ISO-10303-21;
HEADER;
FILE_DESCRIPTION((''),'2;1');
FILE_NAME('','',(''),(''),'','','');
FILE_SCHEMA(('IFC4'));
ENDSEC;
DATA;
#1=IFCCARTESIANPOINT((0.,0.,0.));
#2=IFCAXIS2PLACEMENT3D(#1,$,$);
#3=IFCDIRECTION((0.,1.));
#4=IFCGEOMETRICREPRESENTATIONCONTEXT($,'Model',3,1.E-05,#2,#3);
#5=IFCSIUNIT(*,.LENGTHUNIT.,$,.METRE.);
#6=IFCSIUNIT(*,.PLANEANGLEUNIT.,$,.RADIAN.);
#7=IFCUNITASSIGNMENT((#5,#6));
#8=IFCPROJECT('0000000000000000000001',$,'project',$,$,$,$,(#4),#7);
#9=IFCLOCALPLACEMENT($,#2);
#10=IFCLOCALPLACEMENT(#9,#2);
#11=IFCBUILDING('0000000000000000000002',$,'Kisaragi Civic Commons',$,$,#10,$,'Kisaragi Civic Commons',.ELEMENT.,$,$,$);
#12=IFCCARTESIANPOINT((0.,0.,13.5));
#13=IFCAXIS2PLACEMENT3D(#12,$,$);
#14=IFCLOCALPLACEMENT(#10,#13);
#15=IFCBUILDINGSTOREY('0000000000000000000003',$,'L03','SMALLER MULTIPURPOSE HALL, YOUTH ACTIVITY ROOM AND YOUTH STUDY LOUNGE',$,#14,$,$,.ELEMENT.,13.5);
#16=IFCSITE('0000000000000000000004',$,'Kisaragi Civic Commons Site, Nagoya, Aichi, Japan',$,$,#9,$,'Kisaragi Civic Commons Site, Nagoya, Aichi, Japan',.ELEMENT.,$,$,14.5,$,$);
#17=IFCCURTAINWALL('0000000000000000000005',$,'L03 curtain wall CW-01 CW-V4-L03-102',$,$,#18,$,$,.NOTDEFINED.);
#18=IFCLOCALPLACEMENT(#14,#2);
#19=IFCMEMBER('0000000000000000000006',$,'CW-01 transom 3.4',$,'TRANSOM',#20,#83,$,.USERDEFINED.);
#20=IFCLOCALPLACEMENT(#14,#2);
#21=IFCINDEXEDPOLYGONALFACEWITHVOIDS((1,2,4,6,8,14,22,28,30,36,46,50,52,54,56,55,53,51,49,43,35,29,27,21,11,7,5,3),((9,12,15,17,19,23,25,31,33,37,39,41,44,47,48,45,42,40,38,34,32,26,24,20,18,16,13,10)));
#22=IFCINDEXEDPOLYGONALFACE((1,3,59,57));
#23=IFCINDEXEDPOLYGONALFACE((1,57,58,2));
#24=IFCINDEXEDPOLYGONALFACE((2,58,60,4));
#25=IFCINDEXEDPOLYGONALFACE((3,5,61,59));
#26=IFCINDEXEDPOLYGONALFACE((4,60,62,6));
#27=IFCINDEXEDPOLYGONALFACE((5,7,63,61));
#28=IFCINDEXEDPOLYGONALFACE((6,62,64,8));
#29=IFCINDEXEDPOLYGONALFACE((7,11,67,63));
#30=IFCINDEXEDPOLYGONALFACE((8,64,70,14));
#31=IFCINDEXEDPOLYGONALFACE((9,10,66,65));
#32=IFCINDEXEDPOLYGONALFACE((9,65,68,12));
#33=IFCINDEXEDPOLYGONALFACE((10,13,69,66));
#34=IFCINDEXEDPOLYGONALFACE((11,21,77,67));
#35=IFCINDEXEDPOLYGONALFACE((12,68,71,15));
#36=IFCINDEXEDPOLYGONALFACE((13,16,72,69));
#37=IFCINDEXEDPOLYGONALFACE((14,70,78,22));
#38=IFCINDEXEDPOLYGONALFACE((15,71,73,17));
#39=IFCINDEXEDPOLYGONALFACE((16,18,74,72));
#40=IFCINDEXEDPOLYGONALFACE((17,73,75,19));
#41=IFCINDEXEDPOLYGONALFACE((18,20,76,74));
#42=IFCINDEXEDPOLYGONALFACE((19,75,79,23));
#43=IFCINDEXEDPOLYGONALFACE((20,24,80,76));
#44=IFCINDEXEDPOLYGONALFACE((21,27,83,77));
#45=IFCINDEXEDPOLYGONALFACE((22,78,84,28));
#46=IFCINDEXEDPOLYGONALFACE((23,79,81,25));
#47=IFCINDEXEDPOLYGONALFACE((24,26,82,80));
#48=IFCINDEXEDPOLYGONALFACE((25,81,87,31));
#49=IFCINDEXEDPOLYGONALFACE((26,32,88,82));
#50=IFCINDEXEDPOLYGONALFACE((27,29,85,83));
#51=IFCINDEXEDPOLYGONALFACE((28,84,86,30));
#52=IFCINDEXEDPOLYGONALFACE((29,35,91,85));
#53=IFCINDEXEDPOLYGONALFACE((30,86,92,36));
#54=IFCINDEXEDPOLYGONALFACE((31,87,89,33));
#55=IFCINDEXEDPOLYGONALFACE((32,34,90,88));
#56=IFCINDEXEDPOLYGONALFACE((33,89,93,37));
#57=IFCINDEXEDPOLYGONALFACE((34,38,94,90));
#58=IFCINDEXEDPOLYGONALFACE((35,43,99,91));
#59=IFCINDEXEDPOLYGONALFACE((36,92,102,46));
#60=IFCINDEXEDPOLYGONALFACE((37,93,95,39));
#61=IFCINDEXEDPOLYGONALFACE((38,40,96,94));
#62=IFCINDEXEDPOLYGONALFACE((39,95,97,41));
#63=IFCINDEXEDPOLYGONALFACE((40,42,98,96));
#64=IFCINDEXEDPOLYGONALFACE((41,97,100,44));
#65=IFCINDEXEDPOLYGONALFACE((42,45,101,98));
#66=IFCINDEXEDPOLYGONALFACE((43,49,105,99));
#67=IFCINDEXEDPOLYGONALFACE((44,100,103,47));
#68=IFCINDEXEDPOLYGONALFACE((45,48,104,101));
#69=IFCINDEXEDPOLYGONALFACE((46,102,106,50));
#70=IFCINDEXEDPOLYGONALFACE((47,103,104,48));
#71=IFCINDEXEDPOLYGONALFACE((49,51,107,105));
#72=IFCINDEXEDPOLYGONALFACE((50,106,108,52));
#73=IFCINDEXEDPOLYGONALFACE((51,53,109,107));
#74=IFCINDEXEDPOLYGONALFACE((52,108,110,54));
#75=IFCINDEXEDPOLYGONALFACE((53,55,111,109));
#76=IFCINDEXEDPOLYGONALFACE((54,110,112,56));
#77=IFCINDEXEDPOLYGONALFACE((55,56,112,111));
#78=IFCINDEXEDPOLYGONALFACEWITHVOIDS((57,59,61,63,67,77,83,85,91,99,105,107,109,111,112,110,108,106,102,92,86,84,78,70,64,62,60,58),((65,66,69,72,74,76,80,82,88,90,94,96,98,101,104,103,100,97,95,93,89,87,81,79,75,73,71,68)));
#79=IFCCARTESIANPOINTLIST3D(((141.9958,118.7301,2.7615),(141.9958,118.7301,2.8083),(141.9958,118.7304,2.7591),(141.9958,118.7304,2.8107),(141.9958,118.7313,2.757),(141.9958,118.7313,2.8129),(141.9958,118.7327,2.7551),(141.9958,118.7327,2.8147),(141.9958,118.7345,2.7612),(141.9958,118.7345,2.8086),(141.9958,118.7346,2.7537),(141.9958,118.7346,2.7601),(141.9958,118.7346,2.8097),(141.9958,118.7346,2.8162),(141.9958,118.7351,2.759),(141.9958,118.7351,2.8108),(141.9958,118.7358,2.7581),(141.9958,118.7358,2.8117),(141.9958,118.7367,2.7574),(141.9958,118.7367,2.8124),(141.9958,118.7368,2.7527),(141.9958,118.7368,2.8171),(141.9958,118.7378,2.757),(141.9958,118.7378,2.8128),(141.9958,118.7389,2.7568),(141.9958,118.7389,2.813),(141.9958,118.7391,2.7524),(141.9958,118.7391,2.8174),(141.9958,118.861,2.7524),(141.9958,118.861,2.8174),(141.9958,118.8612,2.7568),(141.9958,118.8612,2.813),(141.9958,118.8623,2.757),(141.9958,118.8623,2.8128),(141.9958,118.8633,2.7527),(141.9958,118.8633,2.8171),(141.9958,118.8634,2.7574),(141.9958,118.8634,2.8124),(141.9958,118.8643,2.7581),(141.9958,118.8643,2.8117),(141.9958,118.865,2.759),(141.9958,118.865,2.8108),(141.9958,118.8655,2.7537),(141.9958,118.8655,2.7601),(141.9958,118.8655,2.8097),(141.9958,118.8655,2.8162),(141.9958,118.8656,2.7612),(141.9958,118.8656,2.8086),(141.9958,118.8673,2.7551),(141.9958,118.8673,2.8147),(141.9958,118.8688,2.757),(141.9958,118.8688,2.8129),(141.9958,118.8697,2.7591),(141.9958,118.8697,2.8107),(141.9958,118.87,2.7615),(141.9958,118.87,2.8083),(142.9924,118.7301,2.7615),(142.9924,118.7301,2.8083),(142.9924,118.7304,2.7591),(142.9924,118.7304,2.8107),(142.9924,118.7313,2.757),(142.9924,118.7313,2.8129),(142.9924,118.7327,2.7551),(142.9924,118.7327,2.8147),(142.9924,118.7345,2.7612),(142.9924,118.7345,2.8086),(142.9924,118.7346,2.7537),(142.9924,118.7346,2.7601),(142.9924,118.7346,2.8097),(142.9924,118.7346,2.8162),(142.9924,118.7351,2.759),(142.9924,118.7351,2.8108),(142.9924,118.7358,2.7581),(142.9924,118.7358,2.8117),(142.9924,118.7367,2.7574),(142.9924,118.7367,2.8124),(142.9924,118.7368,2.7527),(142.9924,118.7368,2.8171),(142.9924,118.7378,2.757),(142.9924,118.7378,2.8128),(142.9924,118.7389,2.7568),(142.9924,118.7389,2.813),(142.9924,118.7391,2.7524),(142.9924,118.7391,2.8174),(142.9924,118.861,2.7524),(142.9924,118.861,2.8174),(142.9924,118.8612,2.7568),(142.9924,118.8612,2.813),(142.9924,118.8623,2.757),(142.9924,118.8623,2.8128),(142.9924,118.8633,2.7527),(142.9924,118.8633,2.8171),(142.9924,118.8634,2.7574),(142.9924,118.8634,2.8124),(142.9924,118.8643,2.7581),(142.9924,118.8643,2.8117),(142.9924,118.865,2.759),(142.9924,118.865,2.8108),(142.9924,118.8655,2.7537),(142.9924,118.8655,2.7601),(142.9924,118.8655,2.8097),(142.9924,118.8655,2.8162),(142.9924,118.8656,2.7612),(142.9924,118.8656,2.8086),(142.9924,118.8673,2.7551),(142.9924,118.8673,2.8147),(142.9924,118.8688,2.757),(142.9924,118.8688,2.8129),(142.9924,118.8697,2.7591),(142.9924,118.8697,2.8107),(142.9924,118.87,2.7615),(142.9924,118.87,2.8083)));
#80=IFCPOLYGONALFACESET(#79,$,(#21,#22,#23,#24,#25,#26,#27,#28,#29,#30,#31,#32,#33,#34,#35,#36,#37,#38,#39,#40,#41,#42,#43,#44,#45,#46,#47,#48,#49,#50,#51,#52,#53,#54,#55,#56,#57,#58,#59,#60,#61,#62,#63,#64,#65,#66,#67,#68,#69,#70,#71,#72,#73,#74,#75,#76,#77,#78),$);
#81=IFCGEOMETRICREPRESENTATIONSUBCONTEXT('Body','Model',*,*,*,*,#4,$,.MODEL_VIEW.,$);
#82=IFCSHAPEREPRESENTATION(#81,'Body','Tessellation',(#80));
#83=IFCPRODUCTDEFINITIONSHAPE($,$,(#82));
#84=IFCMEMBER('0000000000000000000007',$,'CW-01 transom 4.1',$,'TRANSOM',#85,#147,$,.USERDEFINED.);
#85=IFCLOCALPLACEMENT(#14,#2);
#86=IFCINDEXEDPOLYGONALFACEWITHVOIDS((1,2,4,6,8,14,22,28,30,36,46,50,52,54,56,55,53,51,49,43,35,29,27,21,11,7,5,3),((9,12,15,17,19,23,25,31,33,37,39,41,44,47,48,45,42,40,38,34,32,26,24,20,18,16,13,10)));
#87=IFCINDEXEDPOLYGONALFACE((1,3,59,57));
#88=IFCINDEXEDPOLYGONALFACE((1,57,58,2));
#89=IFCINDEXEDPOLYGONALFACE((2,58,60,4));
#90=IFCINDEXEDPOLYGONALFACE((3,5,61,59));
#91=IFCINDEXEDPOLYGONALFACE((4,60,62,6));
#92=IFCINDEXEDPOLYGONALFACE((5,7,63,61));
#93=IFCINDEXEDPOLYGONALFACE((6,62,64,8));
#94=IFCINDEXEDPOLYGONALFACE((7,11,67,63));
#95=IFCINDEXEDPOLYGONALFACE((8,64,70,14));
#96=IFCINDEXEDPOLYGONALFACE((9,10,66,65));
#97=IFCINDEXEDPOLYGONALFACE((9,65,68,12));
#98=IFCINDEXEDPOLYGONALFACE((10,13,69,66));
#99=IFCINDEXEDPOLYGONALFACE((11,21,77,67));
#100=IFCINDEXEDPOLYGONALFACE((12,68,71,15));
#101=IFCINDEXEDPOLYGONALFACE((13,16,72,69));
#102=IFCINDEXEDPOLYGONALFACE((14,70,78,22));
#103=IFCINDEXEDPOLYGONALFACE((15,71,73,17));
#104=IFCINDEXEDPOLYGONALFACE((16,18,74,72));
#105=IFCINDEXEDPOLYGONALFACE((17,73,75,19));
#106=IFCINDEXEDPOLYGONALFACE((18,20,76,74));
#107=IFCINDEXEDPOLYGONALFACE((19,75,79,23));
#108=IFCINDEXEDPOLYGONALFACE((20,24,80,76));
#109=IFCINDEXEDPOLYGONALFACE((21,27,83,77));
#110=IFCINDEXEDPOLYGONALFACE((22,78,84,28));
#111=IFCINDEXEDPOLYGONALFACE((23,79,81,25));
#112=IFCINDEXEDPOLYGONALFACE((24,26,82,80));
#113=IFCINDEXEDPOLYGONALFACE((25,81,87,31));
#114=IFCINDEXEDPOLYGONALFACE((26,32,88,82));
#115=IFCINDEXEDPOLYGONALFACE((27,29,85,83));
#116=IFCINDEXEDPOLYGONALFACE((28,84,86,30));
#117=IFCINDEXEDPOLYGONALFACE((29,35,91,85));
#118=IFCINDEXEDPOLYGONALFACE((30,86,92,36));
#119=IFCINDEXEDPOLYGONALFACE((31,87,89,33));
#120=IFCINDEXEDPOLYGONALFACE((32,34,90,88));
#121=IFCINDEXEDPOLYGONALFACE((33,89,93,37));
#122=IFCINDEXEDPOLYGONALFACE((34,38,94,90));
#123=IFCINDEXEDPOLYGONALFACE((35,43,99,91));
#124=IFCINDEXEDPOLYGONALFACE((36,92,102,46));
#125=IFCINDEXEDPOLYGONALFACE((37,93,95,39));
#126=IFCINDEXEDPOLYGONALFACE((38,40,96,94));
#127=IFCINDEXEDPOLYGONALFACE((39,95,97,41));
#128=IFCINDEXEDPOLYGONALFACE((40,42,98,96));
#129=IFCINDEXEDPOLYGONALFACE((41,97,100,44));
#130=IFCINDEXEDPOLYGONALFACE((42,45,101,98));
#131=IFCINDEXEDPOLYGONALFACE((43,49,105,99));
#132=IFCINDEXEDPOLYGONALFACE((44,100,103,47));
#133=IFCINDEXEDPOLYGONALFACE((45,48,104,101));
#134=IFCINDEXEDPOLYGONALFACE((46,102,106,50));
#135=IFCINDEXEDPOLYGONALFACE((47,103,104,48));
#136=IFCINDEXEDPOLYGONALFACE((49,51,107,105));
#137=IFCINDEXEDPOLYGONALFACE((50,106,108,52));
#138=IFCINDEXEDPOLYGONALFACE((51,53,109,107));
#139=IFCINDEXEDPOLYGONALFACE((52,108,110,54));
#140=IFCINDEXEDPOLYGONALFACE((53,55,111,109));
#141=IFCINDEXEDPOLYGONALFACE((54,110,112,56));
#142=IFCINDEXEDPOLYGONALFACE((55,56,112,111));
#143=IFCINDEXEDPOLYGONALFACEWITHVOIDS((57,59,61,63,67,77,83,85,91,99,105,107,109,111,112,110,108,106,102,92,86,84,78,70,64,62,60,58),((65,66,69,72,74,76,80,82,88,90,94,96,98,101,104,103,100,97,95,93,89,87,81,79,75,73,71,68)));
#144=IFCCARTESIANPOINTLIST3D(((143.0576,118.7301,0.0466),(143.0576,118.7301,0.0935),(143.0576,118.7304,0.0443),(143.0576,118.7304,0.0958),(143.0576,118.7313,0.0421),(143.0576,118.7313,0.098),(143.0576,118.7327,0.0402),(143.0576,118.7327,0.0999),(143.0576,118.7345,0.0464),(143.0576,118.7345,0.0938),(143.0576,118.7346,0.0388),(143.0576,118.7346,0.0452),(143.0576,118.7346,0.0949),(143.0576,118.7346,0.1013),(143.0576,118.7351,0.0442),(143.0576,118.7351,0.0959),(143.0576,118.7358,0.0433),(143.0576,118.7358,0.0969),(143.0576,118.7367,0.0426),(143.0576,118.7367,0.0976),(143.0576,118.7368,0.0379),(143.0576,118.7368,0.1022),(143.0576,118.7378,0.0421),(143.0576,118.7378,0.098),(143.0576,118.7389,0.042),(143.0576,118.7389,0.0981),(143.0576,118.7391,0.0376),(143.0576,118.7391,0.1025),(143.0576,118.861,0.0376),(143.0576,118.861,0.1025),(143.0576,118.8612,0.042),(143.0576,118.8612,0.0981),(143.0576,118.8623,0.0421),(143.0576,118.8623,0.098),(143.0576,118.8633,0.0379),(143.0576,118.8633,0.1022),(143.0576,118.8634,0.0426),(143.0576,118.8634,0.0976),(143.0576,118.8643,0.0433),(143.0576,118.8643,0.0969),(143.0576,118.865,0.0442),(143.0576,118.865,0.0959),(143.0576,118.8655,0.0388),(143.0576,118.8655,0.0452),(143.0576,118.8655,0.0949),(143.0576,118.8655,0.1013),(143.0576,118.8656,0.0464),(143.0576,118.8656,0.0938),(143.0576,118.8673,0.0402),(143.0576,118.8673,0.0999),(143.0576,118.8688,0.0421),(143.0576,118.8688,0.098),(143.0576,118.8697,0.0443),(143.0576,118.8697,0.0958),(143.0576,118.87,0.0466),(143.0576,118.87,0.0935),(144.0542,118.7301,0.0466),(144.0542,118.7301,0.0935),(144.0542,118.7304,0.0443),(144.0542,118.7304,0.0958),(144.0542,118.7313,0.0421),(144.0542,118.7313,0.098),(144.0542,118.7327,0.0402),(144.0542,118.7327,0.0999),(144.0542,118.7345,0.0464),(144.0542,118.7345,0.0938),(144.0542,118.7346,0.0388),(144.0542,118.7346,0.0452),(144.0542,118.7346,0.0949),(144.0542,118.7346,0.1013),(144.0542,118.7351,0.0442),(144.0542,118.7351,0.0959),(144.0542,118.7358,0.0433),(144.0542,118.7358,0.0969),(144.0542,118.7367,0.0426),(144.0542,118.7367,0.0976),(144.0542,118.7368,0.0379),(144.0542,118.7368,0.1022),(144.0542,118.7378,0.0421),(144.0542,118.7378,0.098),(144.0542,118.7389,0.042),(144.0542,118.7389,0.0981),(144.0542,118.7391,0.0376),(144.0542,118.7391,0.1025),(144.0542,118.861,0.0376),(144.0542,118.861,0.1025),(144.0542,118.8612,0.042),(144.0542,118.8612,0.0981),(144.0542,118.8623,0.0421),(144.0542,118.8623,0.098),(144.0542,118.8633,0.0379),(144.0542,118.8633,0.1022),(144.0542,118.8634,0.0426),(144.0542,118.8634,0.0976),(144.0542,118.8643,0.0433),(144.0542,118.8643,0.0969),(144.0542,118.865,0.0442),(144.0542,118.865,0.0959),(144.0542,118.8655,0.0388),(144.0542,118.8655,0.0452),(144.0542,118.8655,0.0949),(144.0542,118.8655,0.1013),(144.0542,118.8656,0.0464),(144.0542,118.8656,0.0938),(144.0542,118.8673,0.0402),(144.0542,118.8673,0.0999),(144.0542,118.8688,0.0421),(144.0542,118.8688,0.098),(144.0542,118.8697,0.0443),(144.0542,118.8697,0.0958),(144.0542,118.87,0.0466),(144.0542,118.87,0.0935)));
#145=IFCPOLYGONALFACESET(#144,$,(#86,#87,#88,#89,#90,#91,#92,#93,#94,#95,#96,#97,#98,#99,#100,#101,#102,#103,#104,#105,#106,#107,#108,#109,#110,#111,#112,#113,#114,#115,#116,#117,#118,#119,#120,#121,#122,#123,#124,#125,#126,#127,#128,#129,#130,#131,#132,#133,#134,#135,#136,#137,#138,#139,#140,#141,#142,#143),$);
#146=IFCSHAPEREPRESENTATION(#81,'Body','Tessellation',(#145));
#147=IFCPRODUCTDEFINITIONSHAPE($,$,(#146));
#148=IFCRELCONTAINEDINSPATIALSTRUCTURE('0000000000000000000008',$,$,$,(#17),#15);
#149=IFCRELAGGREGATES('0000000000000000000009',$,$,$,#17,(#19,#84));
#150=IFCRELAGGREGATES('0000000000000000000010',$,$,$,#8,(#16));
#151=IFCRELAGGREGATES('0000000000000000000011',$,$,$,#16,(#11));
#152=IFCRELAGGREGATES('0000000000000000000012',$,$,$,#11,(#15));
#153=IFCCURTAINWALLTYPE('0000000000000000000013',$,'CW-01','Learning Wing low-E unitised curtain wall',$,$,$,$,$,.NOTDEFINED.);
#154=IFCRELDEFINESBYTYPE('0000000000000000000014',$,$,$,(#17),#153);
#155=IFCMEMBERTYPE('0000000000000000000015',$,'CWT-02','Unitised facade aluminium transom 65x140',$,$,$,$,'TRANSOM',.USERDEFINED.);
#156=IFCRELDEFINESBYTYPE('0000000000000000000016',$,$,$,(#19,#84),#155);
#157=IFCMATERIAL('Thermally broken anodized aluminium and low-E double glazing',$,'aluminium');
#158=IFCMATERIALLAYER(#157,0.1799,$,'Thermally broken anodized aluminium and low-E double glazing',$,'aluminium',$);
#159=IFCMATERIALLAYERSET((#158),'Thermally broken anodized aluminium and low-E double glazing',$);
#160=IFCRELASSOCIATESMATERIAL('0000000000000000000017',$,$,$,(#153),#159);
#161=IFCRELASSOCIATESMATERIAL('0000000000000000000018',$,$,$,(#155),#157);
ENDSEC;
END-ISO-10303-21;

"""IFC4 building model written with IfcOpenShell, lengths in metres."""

from ifc_helpers import new_model, si_unit, direction, frame, origin, origin_2d, place, context, subcontext, project, spatial, hollow_rectangle, extrude, material, layer, layer_set, material_profile, profile_set, type_object, element, aggregate, save


model = new_model("IFC4")

# Units and contexts
model_context = context("Model", 3, precision=1e-05, world=origin(), true_north=direction((0.0, 1.0)))
body_context = subcontext(model_context, "Body", "Model", "MODEL_VIEW")
ifc_project = project(units=[si_unit("LENGTHUNIT", "METRE"), si_unit("PLANEANGLEUNIT", "RADIAN")], contexts=[model_context])

# Site, building, storey
site_placement = place(None, origin())
site = spatial("IfcSite", under=ifc_project, at=site_placement, Name="Kisaragi Civic Commons Site, Nagoya, Aichi, Japan", LongName="Kisaragi Civic Commons Site, Nagoya, Aichi, Japan", CompositionType="ELEMENT", RefElevation=14.5)
building_placement = place(site_placement, origin())
building = spatial("IfcBuilding", under=site, at=building_placement, Name="Kisaragi Civic Commons", LongName="Kisaragi Civic Commons", CompositionType="ELEMENT")
storey_placement = place(building_placement, frame((0.0, 0.0, 13.5)))
storey = spatial("IfcBuildingStorey", under=building, at=storey_placement, Name="L03", Description="SMALLER MULTIPURPOSE HALL, YOUTH ACTIVITY ROOM AND YOUTH STUDY LOUNGE", CompositionType="ELEMENT", Elevation=13.5)

# Curtain wall, members
ifc_material = material(Name="Thermally broken anodized aluminium and low-E double glazing", Category="aluminium")
ifc_layer_1 = layer(ifc_material, 0.1799, Name="Thermally broken anodized aluminium and low-E double glazing", Category="aluminium")
ifc_layer_set_1 = layer_set([ifc_layer_1], Name="Thermally broken anodized aluminium and low-E double glazing")
curtain_wall_type = type_object("IfcCurtainWallType", Name="CW-01", Description="Learning Wing low-E unitised curtain wall", PredefinedType="NOTDEFINED", material=ifc_layer_set_1)
curtain_wall_placement = place(storey_placement, origin())
curtain_wall = element("IfcCurtainWall", 1, at=curtain_wall_placement, inside=storey, type_object=curtain_wall_type, Name="L03 curtain wall CW-01 CW-V4-L03-102", PredefinedType="NOTDEFINED")
ifc_material_profile_1 = material_profile(ifc_material, hollow_rectangle(XDim=0.1399, YDim=0.0649, WallThickness=0.0044, InnerFilletRadius=0.0044, OuterFilletRadius=0.009, at=origin_2d()), Name="CWT-65x140x4.5", Category="aluminium")
ifc_profile_set_1 = profile_set([ifc_material_profile_1], Name="Thermally broken anodized aluminium and low-E double glazing")
member_type_1 = type_object("IfcMemberType", Name="CWT-02", Description="Unitised facade aluminium transom 65x140", ElementType="TRANSOM", PredefinedType="USERDEFINED", material=ifc_profile_set_1)
member_1_placement = place(storey_placement, frame((141.9958, 118.8, 2.7849), z_axis=(1.0, 0.0, 0.0), x_axis=(0.0, 1.0, 0.0)))
member_1 = element("IfcMember", 2, at=member_1_placement, type_object=member_type_1, Name="CW-01 transom 3.4", ObjectType="TRANSOM", PredefinedType="USERDEFINED", context=body_context, shape_type="SweptSolid", body=[
    extrude(hollow_rectangle(XDim=0.1399, YDim=0.0649, WallThickness=0.0044, InnerFilletRadius=0.0044, OuterFilletRadius=0.009, at=origin_2d()), origin(), (0.0, 0.0, 1.0), 0.9966),
])
member_2_placement = place(storey_placement, frame((143.0576, 118.8, 0.0701), z_axis=(1.0, 0.0, 0.0), x_axis=(0.0, 1.0, 0.0)))
member_2 = element("IfcMember", 3, at=member_2_placement, type_object=member_type_1, Name="CW-01 transom 4.1", ObjectType="TRANSOM", PredefinedType="USERDEFINED", context=body_context, shape_type="SweptSolid", body=[
    extrude(hollow_rectangle(XDim=0.1399, YDim=0.0649, WallThickness=0.0044, InnerFilletRadius=0.0044, OuterFilletRadius=0.009, at=origin_2d()), origin(), (0.0, 0.0, 1.0), 0.9966),
])
aggregate(curtain_wall, [member_1, member_2])

save(model, "model.ifc")
